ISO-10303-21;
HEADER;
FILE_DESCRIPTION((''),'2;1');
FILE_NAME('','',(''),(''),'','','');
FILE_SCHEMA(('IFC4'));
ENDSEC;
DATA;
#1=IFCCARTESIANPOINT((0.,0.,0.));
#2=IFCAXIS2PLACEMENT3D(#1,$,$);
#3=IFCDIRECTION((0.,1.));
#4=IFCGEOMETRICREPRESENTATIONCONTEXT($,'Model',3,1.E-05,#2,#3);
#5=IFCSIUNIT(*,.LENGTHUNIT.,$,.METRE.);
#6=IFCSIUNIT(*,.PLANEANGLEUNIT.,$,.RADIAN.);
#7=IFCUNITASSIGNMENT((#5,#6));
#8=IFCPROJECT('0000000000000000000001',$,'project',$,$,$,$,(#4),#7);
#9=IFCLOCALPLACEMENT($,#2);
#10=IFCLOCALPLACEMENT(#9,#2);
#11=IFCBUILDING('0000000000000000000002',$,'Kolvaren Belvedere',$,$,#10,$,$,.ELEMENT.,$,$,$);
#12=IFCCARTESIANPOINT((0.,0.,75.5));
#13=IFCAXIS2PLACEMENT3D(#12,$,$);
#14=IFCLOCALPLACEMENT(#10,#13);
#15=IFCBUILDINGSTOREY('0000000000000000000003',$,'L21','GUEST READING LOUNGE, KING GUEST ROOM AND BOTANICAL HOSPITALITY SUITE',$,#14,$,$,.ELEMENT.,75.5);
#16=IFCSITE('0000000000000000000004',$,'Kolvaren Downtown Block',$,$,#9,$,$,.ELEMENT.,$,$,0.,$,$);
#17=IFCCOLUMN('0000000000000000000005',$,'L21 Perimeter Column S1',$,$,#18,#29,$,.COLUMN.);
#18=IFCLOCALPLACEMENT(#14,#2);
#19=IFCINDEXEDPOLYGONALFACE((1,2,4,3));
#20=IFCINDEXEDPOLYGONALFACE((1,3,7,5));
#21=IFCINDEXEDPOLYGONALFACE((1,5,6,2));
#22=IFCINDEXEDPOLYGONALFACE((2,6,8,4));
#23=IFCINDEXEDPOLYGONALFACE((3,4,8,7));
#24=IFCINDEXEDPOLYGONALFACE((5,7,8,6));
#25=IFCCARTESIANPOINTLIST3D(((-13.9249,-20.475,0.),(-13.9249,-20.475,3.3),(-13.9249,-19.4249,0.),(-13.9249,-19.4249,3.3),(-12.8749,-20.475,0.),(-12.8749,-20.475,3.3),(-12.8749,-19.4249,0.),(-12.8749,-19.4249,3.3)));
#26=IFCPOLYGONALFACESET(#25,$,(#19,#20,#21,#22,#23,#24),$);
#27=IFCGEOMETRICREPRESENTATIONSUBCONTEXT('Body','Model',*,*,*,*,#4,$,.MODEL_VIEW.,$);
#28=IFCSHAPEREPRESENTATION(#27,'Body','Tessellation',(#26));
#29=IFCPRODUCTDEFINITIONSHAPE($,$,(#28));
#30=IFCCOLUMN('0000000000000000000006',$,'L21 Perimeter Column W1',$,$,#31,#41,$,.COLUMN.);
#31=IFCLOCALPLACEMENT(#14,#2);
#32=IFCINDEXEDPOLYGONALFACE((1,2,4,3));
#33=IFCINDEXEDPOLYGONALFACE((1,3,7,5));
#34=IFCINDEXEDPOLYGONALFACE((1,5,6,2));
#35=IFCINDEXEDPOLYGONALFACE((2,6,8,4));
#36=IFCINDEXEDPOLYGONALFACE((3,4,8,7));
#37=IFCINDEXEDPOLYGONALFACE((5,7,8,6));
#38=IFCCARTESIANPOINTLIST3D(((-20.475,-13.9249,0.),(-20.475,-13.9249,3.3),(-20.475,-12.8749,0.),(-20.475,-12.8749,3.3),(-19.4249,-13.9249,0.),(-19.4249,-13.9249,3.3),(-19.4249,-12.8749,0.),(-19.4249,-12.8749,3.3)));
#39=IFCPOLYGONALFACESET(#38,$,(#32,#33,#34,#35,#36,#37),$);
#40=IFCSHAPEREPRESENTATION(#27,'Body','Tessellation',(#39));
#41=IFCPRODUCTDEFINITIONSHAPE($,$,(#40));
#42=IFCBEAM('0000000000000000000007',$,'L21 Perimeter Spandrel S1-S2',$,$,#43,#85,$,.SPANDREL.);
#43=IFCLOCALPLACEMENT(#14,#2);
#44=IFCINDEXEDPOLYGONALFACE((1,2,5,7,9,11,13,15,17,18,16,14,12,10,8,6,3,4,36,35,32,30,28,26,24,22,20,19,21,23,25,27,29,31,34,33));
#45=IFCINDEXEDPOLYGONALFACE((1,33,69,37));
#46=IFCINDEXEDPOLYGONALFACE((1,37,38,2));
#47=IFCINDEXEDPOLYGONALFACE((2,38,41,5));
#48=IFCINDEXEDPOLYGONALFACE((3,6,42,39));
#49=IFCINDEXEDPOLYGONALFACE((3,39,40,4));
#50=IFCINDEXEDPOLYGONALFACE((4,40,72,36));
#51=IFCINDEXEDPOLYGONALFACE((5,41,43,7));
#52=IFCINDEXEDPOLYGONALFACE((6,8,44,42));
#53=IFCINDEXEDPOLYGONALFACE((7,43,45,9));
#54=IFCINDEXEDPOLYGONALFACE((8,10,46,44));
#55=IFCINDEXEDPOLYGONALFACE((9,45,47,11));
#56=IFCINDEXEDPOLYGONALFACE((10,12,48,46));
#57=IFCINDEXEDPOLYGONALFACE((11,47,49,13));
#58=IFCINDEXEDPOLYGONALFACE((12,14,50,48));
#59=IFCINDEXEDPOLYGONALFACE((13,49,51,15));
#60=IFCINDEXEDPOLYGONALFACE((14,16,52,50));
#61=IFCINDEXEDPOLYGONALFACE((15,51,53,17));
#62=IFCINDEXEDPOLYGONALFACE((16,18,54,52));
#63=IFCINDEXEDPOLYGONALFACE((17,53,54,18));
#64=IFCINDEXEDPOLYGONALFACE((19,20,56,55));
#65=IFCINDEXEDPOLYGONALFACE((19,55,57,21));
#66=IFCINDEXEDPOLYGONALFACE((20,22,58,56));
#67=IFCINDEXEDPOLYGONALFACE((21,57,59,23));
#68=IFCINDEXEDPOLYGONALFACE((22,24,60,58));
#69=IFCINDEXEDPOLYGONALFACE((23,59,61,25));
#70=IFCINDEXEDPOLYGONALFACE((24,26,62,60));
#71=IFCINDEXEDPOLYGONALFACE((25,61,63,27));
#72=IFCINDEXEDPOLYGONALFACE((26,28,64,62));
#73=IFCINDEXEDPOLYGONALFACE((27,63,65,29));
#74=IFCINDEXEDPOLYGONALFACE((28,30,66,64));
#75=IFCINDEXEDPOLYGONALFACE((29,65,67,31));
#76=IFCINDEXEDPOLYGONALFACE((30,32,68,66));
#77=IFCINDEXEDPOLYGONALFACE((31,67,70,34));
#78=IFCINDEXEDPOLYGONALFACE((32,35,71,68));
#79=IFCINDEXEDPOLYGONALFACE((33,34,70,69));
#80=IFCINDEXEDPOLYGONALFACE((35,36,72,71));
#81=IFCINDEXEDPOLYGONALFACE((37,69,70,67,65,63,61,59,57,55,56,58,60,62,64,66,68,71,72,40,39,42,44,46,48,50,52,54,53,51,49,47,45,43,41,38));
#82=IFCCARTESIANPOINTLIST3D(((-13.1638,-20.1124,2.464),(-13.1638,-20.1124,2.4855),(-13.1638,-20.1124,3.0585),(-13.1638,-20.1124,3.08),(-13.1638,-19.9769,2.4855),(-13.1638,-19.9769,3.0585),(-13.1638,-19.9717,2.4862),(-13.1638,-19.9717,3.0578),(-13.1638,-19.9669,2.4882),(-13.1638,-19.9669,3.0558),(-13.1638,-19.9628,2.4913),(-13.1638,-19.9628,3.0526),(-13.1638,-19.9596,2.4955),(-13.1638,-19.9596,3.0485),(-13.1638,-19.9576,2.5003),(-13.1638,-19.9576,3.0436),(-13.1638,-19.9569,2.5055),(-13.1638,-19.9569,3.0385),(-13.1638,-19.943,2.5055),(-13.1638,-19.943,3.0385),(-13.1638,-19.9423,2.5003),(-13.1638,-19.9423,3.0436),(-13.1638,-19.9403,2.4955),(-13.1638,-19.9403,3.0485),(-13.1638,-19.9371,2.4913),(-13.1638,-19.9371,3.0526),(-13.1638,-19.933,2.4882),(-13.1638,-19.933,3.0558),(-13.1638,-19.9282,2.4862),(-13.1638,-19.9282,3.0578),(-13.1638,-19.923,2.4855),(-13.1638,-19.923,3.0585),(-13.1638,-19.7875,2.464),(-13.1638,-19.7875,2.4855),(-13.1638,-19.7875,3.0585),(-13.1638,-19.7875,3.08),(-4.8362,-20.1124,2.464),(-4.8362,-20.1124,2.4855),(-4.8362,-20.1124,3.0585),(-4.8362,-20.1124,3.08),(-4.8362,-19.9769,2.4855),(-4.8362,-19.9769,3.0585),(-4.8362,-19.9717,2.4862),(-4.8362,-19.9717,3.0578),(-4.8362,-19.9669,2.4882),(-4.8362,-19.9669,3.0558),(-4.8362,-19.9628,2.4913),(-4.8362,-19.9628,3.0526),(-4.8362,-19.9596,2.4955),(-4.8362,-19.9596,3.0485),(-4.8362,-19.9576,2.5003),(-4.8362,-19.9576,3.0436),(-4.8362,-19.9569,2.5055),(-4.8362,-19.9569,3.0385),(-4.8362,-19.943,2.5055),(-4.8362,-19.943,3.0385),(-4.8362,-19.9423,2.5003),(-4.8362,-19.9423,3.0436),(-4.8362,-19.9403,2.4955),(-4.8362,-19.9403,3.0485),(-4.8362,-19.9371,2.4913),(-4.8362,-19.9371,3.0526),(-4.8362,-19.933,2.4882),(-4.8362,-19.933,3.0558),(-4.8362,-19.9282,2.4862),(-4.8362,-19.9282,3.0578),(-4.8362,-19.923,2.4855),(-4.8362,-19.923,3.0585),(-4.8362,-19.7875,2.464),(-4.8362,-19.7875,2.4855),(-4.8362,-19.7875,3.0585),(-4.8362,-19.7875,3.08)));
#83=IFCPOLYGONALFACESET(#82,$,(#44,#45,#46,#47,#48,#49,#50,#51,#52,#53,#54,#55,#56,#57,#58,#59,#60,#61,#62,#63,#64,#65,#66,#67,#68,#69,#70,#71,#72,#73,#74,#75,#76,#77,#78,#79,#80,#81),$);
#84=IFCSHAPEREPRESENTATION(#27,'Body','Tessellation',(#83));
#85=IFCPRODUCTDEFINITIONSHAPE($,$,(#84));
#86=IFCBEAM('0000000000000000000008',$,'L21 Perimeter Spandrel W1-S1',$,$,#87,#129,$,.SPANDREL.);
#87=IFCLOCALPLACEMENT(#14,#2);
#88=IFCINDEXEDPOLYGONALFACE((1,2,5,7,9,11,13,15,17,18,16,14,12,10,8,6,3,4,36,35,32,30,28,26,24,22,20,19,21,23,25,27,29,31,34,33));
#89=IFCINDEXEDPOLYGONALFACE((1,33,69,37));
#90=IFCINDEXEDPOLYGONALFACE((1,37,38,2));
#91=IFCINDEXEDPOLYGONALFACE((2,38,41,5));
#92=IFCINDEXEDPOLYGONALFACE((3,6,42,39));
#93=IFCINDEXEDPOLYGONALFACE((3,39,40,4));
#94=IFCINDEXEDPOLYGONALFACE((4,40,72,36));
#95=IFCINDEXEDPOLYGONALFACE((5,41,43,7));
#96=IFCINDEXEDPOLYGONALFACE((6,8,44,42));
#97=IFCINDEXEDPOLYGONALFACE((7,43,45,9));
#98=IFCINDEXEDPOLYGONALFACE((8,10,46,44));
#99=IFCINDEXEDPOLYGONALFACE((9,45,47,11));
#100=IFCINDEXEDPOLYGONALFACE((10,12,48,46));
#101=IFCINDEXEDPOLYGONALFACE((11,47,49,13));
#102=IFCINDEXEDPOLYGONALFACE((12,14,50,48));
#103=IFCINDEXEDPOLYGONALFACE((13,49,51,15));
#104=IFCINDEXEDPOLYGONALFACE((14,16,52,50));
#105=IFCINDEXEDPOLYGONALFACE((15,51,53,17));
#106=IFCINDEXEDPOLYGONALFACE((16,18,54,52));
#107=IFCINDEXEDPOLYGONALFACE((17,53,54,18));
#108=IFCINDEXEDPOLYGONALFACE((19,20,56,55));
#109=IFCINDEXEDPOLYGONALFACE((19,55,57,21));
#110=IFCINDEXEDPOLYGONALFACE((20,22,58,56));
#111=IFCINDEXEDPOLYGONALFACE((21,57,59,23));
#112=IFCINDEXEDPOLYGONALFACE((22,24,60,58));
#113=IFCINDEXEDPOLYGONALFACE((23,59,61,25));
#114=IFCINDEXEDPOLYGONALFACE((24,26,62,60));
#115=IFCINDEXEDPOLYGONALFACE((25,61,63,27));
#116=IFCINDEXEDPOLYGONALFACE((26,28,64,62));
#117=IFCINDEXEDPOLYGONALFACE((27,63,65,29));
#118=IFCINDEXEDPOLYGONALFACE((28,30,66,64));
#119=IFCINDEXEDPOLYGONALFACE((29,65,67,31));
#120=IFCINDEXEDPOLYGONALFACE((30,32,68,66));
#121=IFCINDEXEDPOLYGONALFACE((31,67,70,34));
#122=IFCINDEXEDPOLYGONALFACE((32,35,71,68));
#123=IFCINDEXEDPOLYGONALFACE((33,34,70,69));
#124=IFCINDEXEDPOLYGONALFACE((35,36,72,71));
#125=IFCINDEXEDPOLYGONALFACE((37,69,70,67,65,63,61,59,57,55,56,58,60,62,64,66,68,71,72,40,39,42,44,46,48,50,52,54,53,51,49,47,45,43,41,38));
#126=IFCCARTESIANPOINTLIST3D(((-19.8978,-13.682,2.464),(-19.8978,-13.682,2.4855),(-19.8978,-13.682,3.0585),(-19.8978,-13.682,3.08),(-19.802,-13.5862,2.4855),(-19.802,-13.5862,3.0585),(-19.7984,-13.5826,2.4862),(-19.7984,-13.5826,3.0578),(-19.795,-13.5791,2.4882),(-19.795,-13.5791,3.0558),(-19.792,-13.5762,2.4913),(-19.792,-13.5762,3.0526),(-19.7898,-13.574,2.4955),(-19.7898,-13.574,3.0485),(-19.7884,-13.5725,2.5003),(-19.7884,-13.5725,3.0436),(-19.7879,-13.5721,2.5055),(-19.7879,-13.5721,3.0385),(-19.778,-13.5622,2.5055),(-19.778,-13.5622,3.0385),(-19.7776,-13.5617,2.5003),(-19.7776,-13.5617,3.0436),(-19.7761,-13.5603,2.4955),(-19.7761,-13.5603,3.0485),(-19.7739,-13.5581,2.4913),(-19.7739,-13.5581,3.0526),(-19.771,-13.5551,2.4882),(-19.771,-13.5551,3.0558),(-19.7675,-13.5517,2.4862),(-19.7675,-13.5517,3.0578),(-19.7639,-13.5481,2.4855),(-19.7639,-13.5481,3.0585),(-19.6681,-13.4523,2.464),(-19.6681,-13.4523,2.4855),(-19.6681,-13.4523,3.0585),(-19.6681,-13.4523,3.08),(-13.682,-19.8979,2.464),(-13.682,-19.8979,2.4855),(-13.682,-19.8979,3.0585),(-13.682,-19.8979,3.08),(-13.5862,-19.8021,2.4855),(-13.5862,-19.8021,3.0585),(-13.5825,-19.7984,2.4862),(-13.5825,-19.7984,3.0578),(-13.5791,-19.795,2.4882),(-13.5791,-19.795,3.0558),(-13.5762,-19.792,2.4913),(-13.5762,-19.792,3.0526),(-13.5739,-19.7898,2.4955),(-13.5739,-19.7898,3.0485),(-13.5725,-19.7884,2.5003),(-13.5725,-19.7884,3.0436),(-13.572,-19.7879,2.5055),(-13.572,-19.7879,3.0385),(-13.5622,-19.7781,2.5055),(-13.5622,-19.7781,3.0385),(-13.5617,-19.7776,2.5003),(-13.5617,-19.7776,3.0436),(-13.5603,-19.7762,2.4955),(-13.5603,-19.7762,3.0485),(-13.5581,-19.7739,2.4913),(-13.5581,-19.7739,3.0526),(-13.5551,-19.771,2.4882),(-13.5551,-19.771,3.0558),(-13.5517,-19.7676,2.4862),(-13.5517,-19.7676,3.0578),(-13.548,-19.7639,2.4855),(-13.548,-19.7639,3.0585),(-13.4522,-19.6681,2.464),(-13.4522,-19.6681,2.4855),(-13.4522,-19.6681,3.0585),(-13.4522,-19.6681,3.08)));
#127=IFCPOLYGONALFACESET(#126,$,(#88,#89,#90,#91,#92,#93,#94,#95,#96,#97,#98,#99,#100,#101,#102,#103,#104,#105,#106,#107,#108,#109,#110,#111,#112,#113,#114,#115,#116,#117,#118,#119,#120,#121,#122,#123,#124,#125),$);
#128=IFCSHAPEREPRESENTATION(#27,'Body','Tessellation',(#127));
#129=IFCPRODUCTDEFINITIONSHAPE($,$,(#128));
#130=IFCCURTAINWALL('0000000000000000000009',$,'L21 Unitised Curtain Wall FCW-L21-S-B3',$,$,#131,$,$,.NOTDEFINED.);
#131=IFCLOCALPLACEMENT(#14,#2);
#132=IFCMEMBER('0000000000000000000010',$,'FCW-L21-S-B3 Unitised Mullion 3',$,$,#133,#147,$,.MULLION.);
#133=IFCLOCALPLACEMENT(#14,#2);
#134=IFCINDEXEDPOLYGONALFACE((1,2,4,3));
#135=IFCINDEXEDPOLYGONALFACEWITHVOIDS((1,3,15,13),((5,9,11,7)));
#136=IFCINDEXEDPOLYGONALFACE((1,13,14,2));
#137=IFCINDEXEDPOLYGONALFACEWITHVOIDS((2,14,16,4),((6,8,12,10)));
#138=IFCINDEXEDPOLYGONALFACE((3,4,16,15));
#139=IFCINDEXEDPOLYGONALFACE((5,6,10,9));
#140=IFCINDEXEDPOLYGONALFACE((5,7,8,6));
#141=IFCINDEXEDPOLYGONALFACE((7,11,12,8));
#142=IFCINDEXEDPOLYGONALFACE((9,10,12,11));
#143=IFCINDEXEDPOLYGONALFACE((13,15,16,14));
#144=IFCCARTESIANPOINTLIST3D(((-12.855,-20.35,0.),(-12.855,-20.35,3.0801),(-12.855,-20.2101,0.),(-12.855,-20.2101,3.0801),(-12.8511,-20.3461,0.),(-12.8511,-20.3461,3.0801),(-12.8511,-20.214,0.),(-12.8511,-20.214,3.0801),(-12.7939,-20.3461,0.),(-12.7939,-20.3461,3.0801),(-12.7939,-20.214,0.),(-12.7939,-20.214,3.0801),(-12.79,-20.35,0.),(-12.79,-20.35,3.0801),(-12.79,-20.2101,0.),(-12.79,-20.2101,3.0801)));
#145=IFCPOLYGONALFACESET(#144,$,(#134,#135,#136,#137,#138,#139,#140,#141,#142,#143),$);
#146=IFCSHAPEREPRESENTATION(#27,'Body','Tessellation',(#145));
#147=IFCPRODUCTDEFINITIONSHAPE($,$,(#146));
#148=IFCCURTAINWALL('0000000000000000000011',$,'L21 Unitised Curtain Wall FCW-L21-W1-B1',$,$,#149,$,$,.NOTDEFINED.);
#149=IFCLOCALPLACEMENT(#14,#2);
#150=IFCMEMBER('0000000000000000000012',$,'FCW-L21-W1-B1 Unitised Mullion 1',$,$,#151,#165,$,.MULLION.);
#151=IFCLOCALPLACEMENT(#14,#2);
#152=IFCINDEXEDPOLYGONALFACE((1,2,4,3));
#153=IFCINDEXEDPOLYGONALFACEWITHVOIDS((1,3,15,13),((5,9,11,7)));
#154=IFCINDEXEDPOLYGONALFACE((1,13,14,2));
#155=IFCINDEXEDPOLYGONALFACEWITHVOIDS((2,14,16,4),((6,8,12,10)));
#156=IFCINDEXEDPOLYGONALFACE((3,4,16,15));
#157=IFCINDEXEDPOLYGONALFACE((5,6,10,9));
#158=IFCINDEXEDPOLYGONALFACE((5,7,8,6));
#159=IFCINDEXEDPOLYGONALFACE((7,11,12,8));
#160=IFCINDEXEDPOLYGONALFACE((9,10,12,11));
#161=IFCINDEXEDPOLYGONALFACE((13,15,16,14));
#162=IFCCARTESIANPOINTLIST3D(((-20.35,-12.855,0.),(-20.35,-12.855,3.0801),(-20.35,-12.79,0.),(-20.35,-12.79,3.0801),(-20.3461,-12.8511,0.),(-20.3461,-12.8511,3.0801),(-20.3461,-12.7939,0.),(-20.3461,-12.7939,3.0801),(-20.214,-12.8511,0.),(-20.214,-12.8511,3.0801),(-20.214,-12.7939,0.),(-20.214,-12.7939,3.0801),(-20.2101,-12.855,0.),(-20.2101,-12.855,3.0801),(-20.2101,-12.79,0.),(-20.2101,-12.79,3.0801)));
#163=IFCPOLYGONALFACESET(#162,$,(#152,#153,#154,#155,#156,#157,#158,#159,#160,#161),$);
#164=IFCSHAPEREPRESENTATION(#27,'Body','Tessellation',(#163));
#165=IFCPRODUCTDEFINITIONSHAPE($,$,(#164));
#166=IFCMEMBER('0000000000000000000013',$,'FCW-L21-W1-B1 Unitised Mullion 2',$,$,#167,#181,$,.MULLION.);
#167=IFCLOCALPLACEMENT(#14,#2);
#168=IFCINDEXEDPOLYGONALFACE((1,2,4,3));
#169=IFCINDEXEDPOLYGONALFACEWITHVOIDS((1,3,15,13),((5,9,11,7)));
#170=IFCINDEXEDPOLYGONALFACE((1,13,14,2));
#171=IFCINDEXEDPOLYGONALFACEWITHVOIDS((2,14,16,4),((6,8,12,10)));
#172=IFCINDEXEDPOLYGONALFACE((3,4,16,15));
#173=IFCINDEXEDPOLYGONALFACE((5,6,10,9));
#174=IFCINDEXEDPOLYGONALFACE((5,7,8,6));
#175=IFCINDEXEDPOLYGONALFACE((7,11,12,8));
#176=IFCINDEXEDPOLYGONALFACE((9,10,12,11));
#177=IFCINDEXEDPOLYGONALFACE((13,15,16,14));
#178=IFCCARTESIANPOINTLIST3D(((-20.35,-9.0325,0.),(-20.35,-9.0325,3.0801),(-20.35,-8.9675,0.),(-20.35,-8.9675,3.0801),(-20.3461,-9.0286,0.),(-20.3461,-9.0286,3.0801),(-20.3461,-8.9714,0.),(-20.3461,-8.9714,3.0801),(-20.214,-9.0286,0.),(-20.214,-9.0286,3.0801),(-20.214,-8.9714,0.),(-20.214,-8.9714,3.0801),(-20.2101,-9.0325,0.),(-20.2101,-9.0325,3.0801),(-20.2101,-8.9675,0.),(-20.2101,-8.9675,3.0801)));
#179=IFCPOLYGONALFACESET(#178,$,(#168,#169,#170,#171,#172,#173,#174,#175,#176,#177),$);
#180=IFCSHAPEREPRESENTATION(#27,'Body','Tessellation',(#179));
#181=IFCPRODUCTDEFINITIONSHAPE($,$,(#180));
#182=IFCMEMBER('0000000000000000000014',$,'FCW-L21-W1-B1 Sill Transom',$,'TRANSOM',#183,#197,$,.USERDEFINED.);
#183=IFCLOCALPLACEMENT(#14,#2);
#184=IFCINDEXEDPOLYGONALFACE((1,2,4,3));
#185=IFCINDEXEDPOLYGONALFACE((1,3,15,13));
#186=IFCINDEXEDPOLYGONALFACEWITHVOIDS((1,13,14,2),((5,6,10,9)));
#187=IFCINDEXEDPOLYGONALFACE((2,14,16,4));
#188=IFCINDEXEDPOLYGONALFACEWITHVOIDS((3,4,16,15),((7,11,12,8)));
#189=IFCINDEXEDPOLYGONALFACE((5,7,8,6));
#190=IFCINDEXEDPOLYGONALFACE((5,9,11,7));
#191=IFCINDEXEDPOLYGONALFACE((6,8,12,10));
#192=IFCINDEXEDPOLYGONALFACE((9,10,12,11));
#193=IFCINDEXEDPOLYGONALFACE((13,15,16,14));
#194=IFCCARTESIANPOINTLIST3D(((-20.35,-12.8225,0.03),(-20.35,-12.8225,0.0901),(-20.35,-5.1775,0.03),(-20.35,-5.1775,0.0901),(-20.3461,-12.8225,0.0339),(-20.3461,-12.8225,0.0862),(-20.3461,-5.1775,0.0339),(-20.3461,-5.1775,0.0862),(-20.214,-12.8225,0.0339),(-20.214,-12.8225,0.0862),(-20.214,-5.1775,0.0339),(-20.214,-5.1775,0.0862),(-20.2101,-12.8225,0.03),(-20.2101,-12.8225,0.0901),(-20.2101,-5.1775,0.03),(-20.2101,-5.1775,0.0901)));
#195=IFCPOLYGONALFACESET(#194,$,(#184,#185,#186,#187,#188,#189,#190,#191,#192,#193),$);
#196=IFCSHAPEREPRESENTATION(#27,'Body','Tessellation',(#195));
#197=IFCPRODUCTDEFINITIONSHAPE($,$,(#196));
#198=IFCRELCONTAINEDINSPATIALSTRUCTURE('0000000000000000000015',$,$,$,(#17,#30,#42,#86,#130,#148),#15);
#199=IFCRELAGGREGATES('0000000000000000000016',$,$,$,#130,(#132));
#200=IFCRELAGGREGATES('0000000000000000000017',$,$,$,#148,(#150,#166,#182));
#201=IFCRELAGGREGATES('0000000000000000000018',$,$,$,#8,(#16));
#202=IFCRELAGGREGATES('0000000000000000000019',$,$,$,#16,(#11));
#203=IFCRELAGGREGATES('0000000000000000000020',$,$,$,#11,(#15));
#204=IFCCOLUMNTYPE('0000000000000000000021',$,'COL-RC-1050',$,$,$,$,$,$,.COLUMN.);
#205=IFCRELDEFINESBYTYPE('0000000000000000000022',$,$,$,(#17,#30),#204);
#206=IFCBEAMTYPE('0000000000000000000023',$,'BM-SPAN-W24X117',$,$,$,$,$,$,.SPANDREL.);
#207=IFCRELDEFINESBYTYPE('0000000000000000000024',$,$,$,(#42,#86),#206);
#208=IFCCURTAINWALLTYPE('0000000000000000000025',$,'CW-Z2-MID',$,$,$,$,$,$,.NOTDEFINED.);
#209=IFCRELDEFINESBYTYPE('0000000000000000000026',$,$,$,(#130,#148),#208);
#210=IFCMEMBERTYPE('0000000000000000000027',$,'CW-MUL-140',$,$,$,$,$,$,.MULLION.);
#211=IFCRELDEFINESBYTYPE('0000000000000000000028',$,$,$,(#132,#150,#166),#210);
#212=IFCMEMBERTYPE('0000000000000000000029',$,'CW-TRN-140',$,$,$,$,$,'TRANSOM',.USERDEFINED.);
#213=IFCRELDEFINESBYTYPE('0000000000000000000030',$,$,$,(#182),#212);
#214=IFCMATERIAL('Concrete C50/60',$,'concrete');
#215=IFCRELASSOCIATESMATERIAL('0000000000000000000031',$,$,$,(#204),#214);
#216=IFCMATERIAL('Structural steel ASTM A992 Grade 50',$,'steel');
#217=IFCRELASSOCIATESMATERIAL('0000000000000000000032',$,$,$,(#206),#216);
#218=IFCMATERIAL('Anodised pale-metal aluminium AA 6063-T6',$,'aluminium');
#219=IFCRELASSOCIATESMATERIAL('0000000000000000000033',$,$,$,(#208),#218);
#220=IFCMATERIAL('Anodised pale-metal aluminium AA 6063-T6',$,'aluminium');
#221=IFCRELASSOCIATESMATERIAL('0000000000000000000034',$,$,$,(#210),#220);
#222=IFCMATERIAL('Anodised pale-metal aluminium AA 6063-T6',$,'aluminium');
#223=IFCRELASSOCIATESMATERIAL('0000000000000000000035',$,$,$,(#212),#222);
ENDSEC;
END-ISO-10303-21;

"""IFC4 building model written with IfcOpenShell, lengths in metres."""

from ifc_helpers import new_model, si_unit, direction, frame, origin, origin_2d, place, context, subcontext, project, spatial, rectangle, hollow_rectangle, i_section, extrude, material, material_profile, profile_set, type_object, element, aggregate, save


model = new_model("IFC4")

# Units and contexts
model_context = context("Model", 3, precision=1e-05, world=origin(), true_north=direction((0.0, 1.0)))
body_context = subcontext(model_context, "Body", "Model", "MODEL_VIEW")
ifc_project = project(units=[si_unit("LENGTHUNIT", "METRE"), si_unit("PLANEANGLEUNIT", "RADIAN")], contexts=[model_context])

# Site, building, storey
site_placement = place(None, origin())
site = spatial("IfcSite", under=ifc_project, at=site_placement, Name="Kolvaren Downtown Block", CompositionType="ELEMENT", RefElevation=0.0)
building_placement = place(site_placement, origin())
building = spatial("IfcBuilding", under=site, at=building_placement, Name="Kolvaren Belvedere", CompositionType="ELEMENT")
storey_placement = place(building_placement, frame((0.0, 0.0, 75.5)))
storey = spatial("IfcBuildingStorey", under=building, at=storey_placement, Name="L21", Description="GUEST READING LOUNGE, KING GUEST ROOM AND BOTANICAL HOSPITALITY SUITE", CompositionType="ELEMENT", Elevation=75.5)

# Columns
ifc_material_1 = material(Name="Concrete C50/60", Category="concrete")
ifc_material_profile_1 = material_profile(ifc_material_1, rectangle(XDim=1.05, YDim=1.05, at=origin_2d()), Name="RC 1050X1050")
ifc_profile_set_1 = profile_set([ifc_material_profile_1], Name="Concrete C50/60")
column_type = type_object("IfcColumnType", Name="COL-RC-1050", PredefinedType="COLUMN", material=ifc_profile_set_1)
for number, where, z_axis, x_axis, name in (
    (1, (-13.3999, -19.95, 0.0), (0.0, 0.0, 1.0), (1.0, 0.0, 0.0), "L21 Perimeter Column S1"),
    (2, (-19.95, -13.3999, 0.0), (0.0, 0.0, 1.0), (1.0, 0.0, 0.0), "L21 Perimeter Column W1"),
):
    element("IfcColumn", number, at=place(storey_placement, frame(where, z_axis=z_axis, x_axis=x_axis)), inside=storey, type_object=column_type, Name=name, PredefinedType="COLUMN", context=body_context, shape_type="SweptSolid", body=[
        extrude(rectangle(XDim=1.05, YDim=1.05, at=origin_2d()), origin(), (0.0, 0.0, 1.0), 3.3),
    ])

# Beams
ifc_material_2 = material(Name="Structural steel ASTM A992 Grade 50", Category="steel")
ifc_material_profile_2 = material_profile(ifc_material_2, i_section(OverallWidth=0.325, OverallDepth=0.616, WebThickness=0.0139, FlangeThickness=0.0215, FilletRadius=0.02, at=origin_2d()), Name="W24X117")
ifc_profile_set_2 = profile_set([ifc_material_profile_2], Name="Structural steel ASTM A992 Grade 50")
beam_type = type_object("IfcBeamType", Name="BM-SPAN-W24X117", PredefinedType="SPANDREL", material=ifc_profile_set_2)
beam_1_placement = place(storey_placement, frame((-13.1638, -19.95, 2.772), z_axis=(1.0, 0.0, 0.0), x_axis=(0.0, 1.0, 0.0)))
element("IfcBeam", 3, at=beam_1_placement, inside=storey, type_object=beam_type, Name="L21 Perimeter Spandrel S1-S2", PredefinedType="SPANDREL", context=body_context, shape_type="SweptSolid", body=[
    extrude(i_section(OverallWidth=0.325, OverallDepth=0.616, WebThickness=0.0139, FlangeThickness=0.0215, FilletRadius=0.02, at=origin_2d()), origin(), (0.0, 0.0, 1.0), 8.3276),
])
beam_2_placement = place(storey_placement, frame((-19.783, -13.5671, 2.772), z_axis=(0.707107, -0.707107, 0.0), x_axis=(0.707107, 0.707107, 0.0)))
element("IfcBeam", 4, at=beam_2_placement, inside=storey, type_object=beam_type, Name="L21 Perimeter Spandrel W1-S1", PredefinedType="SPANDREL", context=body_context, shape_type="SweptSolid", body=[
    extrude(i_section(OverallWidth=0.325, OverallDepth=0.616, WebThickness=0.0139, FlangeThickness=0.0215, FilletRadius=0.02, at=origin_2d()), origin(), (0.0, 0.0, 1.0), 8.7905),
])

# Curtain wall, member
ifc_material_3 = material(Name="Anodised pale-metal aluminium AA 6063-T6", Category="aluminium")
curtain_wall_type = type_object("IfcCurtainWallType", Name="CW-Z2-MID", PredefinedType="NOTDEFINED", material=ifc_material_3)
curtain_wall_1_placement = place(storey_placement, origin())
curtain_wall_1 = element("IfcCurtainWall", 5, at=curtain_wall_1_placement, inside=storey, type_object=curtain_wall_type, Name="L21 Unitised Curtain Wall FCW-L21-S-B3", PredefinedType="NOTDEFINED")
ifc_material_4 = material(Name="Anodised pale-metal aluminium AA 6063-T6", Category="aluminium")
ifc_material_profile_3 = material_profile(ifc_material_4, hollow_rectangle(XDim=0.0649, YDim=0.1399, WallThickness=0.0039, at=origin_2d()), Name="ALU-MUL-140X65")
ifc_profile_set_3 = profile_set([ifc_material_profile_3], Name="Anodised pale-metal aluminium AA 6063-T6")
member_type_1 = type_object("IfcMemberType", Name="CW-MUL-140", PredefinedType="MULLION", material=ifc_profile_set_3)
member_1_placement = place(storey_placement, frame((-12.8225, -20.28, 0.0), z_axis=(0.0, 0.0, 1.0), x_axis=(1.0, 0.0, 0.0)))
member_1 = element("IfcMember", 6, at=member_1_placement, type_object=member_type_1, Name="FCW-L21-S-B3 Unitised Mullion 3", PredefinedType="MULLION", context=body_context, shape_type="SweptSolid", body=[
    extrude(hollow_rectangle(XDim=0.0649, YDim=0.1399, WallThickness=0.0039, at=origin_2d()), origin(), (0.0, 0.0, 1.0), 3.0801),
])
aggregate(curtain_wall_1, [member_1])

# Curtain wall, members
curtain_wall_2_placement = place(storey_placement, origin())
curtain_wall_2 = element("IfcCurtainWall", 7, at=curtain_wall_2_placement, inside=storey, type_object=curtain_wall_type, Name="L21 Unitised Curtain Wall FCW-L21-W1-B1", PredefinedType="NOTDEFINED")
member_2_placement = place(storey_placement, frame((-20.28, -12.8225, 0.0), z_axis=(0.0, 0.0, 1.0), x_axis=(0.0, 1.0, 0.0)))
member_2 = element("IfcMember", 8, at=member_2_placement, type_object=member_type_1, Name="FCW-L21-W1-B1 Unitised Mullion 1", PredefinedType="MULLION", context=body_context, shape_type="SweptSolid", body=[
    extrude(hollow_rectangle(XDim=0.0649, YDim=0.1399, WallThickness=0.0039, at=origin_2d()), origin(), (0.0, 0.0, 1.0), 3.0801),
])
member_3_placement = place(storey_placement, frame((-20.28, -9.0, 0.0), z_axis=(0.0, 0.0, 1.0), x_axis=(0.0, 1.0, 0.0)))
member_3 = element("IfcMember", 9, at=member_3_placement, type_object=member_type_1, Name="FCW-L21-W1-B1 Unitised Mullion 2", PredefinedType="MULLION", context=body_context, shape_type="SweptSolid", body=[
    extrude(hollow_rectangle(XDim=0.0649, YDim=0.1399, WallThickness=0.0039, at=origin_2d()), origin(), (0.0, 0.0, 1.0), 3.0801),
])
ifc_material_5 = material(Name="Anodised pale-metal aluminium AA 6063-T6", Category="aluminium")
ifc_material_profile_4 = material_profile(ifc_material_5, hollow_rectangle(XDim=0.0601, YDim=0.1399, WallThickness=0.0039, at=origin_2d()), Name="ALU-TRN-140X60")
ifc_profile_set_4 = profile_set([ifc_material_profile_4], Name="Anodised pale-metal aluminium AA 6063-T6")
member_type_2 = type_object("IfcMemberType", Name="CW-TRN-140", ElementType="TRANSOM", PredefinedType="USERDEFINED", material=ifc_profile_set_4)
member_4_placement = place(storey_placement, frame((-20.28, -12.8225, 0.0601), z_axis=(0.0, 1.0, 0.0), x_axis=(0.0, 0.0, 1.0)))
member_4 = element("IfcMember", 10, at=member_4_placement, type_object=member_type_2, Name="FCW-L21-W1-B1 Sill Transom", ObjectType="TRANSOM", PredefinedType="USERDEFINED", context=body_context, shape_type="SweptSolid", body=[
    extrude(hollow_rectangle(XDim=0.0601, YDim=0.1399, WallThickness=0.0039, at=origin_2d()), origin(), (0.0, 0.0, 1.0), 7.645),
])
aggregate(curtain_wall_2, [member_2, member_3, member_4])

save(model, "model.ifc")
